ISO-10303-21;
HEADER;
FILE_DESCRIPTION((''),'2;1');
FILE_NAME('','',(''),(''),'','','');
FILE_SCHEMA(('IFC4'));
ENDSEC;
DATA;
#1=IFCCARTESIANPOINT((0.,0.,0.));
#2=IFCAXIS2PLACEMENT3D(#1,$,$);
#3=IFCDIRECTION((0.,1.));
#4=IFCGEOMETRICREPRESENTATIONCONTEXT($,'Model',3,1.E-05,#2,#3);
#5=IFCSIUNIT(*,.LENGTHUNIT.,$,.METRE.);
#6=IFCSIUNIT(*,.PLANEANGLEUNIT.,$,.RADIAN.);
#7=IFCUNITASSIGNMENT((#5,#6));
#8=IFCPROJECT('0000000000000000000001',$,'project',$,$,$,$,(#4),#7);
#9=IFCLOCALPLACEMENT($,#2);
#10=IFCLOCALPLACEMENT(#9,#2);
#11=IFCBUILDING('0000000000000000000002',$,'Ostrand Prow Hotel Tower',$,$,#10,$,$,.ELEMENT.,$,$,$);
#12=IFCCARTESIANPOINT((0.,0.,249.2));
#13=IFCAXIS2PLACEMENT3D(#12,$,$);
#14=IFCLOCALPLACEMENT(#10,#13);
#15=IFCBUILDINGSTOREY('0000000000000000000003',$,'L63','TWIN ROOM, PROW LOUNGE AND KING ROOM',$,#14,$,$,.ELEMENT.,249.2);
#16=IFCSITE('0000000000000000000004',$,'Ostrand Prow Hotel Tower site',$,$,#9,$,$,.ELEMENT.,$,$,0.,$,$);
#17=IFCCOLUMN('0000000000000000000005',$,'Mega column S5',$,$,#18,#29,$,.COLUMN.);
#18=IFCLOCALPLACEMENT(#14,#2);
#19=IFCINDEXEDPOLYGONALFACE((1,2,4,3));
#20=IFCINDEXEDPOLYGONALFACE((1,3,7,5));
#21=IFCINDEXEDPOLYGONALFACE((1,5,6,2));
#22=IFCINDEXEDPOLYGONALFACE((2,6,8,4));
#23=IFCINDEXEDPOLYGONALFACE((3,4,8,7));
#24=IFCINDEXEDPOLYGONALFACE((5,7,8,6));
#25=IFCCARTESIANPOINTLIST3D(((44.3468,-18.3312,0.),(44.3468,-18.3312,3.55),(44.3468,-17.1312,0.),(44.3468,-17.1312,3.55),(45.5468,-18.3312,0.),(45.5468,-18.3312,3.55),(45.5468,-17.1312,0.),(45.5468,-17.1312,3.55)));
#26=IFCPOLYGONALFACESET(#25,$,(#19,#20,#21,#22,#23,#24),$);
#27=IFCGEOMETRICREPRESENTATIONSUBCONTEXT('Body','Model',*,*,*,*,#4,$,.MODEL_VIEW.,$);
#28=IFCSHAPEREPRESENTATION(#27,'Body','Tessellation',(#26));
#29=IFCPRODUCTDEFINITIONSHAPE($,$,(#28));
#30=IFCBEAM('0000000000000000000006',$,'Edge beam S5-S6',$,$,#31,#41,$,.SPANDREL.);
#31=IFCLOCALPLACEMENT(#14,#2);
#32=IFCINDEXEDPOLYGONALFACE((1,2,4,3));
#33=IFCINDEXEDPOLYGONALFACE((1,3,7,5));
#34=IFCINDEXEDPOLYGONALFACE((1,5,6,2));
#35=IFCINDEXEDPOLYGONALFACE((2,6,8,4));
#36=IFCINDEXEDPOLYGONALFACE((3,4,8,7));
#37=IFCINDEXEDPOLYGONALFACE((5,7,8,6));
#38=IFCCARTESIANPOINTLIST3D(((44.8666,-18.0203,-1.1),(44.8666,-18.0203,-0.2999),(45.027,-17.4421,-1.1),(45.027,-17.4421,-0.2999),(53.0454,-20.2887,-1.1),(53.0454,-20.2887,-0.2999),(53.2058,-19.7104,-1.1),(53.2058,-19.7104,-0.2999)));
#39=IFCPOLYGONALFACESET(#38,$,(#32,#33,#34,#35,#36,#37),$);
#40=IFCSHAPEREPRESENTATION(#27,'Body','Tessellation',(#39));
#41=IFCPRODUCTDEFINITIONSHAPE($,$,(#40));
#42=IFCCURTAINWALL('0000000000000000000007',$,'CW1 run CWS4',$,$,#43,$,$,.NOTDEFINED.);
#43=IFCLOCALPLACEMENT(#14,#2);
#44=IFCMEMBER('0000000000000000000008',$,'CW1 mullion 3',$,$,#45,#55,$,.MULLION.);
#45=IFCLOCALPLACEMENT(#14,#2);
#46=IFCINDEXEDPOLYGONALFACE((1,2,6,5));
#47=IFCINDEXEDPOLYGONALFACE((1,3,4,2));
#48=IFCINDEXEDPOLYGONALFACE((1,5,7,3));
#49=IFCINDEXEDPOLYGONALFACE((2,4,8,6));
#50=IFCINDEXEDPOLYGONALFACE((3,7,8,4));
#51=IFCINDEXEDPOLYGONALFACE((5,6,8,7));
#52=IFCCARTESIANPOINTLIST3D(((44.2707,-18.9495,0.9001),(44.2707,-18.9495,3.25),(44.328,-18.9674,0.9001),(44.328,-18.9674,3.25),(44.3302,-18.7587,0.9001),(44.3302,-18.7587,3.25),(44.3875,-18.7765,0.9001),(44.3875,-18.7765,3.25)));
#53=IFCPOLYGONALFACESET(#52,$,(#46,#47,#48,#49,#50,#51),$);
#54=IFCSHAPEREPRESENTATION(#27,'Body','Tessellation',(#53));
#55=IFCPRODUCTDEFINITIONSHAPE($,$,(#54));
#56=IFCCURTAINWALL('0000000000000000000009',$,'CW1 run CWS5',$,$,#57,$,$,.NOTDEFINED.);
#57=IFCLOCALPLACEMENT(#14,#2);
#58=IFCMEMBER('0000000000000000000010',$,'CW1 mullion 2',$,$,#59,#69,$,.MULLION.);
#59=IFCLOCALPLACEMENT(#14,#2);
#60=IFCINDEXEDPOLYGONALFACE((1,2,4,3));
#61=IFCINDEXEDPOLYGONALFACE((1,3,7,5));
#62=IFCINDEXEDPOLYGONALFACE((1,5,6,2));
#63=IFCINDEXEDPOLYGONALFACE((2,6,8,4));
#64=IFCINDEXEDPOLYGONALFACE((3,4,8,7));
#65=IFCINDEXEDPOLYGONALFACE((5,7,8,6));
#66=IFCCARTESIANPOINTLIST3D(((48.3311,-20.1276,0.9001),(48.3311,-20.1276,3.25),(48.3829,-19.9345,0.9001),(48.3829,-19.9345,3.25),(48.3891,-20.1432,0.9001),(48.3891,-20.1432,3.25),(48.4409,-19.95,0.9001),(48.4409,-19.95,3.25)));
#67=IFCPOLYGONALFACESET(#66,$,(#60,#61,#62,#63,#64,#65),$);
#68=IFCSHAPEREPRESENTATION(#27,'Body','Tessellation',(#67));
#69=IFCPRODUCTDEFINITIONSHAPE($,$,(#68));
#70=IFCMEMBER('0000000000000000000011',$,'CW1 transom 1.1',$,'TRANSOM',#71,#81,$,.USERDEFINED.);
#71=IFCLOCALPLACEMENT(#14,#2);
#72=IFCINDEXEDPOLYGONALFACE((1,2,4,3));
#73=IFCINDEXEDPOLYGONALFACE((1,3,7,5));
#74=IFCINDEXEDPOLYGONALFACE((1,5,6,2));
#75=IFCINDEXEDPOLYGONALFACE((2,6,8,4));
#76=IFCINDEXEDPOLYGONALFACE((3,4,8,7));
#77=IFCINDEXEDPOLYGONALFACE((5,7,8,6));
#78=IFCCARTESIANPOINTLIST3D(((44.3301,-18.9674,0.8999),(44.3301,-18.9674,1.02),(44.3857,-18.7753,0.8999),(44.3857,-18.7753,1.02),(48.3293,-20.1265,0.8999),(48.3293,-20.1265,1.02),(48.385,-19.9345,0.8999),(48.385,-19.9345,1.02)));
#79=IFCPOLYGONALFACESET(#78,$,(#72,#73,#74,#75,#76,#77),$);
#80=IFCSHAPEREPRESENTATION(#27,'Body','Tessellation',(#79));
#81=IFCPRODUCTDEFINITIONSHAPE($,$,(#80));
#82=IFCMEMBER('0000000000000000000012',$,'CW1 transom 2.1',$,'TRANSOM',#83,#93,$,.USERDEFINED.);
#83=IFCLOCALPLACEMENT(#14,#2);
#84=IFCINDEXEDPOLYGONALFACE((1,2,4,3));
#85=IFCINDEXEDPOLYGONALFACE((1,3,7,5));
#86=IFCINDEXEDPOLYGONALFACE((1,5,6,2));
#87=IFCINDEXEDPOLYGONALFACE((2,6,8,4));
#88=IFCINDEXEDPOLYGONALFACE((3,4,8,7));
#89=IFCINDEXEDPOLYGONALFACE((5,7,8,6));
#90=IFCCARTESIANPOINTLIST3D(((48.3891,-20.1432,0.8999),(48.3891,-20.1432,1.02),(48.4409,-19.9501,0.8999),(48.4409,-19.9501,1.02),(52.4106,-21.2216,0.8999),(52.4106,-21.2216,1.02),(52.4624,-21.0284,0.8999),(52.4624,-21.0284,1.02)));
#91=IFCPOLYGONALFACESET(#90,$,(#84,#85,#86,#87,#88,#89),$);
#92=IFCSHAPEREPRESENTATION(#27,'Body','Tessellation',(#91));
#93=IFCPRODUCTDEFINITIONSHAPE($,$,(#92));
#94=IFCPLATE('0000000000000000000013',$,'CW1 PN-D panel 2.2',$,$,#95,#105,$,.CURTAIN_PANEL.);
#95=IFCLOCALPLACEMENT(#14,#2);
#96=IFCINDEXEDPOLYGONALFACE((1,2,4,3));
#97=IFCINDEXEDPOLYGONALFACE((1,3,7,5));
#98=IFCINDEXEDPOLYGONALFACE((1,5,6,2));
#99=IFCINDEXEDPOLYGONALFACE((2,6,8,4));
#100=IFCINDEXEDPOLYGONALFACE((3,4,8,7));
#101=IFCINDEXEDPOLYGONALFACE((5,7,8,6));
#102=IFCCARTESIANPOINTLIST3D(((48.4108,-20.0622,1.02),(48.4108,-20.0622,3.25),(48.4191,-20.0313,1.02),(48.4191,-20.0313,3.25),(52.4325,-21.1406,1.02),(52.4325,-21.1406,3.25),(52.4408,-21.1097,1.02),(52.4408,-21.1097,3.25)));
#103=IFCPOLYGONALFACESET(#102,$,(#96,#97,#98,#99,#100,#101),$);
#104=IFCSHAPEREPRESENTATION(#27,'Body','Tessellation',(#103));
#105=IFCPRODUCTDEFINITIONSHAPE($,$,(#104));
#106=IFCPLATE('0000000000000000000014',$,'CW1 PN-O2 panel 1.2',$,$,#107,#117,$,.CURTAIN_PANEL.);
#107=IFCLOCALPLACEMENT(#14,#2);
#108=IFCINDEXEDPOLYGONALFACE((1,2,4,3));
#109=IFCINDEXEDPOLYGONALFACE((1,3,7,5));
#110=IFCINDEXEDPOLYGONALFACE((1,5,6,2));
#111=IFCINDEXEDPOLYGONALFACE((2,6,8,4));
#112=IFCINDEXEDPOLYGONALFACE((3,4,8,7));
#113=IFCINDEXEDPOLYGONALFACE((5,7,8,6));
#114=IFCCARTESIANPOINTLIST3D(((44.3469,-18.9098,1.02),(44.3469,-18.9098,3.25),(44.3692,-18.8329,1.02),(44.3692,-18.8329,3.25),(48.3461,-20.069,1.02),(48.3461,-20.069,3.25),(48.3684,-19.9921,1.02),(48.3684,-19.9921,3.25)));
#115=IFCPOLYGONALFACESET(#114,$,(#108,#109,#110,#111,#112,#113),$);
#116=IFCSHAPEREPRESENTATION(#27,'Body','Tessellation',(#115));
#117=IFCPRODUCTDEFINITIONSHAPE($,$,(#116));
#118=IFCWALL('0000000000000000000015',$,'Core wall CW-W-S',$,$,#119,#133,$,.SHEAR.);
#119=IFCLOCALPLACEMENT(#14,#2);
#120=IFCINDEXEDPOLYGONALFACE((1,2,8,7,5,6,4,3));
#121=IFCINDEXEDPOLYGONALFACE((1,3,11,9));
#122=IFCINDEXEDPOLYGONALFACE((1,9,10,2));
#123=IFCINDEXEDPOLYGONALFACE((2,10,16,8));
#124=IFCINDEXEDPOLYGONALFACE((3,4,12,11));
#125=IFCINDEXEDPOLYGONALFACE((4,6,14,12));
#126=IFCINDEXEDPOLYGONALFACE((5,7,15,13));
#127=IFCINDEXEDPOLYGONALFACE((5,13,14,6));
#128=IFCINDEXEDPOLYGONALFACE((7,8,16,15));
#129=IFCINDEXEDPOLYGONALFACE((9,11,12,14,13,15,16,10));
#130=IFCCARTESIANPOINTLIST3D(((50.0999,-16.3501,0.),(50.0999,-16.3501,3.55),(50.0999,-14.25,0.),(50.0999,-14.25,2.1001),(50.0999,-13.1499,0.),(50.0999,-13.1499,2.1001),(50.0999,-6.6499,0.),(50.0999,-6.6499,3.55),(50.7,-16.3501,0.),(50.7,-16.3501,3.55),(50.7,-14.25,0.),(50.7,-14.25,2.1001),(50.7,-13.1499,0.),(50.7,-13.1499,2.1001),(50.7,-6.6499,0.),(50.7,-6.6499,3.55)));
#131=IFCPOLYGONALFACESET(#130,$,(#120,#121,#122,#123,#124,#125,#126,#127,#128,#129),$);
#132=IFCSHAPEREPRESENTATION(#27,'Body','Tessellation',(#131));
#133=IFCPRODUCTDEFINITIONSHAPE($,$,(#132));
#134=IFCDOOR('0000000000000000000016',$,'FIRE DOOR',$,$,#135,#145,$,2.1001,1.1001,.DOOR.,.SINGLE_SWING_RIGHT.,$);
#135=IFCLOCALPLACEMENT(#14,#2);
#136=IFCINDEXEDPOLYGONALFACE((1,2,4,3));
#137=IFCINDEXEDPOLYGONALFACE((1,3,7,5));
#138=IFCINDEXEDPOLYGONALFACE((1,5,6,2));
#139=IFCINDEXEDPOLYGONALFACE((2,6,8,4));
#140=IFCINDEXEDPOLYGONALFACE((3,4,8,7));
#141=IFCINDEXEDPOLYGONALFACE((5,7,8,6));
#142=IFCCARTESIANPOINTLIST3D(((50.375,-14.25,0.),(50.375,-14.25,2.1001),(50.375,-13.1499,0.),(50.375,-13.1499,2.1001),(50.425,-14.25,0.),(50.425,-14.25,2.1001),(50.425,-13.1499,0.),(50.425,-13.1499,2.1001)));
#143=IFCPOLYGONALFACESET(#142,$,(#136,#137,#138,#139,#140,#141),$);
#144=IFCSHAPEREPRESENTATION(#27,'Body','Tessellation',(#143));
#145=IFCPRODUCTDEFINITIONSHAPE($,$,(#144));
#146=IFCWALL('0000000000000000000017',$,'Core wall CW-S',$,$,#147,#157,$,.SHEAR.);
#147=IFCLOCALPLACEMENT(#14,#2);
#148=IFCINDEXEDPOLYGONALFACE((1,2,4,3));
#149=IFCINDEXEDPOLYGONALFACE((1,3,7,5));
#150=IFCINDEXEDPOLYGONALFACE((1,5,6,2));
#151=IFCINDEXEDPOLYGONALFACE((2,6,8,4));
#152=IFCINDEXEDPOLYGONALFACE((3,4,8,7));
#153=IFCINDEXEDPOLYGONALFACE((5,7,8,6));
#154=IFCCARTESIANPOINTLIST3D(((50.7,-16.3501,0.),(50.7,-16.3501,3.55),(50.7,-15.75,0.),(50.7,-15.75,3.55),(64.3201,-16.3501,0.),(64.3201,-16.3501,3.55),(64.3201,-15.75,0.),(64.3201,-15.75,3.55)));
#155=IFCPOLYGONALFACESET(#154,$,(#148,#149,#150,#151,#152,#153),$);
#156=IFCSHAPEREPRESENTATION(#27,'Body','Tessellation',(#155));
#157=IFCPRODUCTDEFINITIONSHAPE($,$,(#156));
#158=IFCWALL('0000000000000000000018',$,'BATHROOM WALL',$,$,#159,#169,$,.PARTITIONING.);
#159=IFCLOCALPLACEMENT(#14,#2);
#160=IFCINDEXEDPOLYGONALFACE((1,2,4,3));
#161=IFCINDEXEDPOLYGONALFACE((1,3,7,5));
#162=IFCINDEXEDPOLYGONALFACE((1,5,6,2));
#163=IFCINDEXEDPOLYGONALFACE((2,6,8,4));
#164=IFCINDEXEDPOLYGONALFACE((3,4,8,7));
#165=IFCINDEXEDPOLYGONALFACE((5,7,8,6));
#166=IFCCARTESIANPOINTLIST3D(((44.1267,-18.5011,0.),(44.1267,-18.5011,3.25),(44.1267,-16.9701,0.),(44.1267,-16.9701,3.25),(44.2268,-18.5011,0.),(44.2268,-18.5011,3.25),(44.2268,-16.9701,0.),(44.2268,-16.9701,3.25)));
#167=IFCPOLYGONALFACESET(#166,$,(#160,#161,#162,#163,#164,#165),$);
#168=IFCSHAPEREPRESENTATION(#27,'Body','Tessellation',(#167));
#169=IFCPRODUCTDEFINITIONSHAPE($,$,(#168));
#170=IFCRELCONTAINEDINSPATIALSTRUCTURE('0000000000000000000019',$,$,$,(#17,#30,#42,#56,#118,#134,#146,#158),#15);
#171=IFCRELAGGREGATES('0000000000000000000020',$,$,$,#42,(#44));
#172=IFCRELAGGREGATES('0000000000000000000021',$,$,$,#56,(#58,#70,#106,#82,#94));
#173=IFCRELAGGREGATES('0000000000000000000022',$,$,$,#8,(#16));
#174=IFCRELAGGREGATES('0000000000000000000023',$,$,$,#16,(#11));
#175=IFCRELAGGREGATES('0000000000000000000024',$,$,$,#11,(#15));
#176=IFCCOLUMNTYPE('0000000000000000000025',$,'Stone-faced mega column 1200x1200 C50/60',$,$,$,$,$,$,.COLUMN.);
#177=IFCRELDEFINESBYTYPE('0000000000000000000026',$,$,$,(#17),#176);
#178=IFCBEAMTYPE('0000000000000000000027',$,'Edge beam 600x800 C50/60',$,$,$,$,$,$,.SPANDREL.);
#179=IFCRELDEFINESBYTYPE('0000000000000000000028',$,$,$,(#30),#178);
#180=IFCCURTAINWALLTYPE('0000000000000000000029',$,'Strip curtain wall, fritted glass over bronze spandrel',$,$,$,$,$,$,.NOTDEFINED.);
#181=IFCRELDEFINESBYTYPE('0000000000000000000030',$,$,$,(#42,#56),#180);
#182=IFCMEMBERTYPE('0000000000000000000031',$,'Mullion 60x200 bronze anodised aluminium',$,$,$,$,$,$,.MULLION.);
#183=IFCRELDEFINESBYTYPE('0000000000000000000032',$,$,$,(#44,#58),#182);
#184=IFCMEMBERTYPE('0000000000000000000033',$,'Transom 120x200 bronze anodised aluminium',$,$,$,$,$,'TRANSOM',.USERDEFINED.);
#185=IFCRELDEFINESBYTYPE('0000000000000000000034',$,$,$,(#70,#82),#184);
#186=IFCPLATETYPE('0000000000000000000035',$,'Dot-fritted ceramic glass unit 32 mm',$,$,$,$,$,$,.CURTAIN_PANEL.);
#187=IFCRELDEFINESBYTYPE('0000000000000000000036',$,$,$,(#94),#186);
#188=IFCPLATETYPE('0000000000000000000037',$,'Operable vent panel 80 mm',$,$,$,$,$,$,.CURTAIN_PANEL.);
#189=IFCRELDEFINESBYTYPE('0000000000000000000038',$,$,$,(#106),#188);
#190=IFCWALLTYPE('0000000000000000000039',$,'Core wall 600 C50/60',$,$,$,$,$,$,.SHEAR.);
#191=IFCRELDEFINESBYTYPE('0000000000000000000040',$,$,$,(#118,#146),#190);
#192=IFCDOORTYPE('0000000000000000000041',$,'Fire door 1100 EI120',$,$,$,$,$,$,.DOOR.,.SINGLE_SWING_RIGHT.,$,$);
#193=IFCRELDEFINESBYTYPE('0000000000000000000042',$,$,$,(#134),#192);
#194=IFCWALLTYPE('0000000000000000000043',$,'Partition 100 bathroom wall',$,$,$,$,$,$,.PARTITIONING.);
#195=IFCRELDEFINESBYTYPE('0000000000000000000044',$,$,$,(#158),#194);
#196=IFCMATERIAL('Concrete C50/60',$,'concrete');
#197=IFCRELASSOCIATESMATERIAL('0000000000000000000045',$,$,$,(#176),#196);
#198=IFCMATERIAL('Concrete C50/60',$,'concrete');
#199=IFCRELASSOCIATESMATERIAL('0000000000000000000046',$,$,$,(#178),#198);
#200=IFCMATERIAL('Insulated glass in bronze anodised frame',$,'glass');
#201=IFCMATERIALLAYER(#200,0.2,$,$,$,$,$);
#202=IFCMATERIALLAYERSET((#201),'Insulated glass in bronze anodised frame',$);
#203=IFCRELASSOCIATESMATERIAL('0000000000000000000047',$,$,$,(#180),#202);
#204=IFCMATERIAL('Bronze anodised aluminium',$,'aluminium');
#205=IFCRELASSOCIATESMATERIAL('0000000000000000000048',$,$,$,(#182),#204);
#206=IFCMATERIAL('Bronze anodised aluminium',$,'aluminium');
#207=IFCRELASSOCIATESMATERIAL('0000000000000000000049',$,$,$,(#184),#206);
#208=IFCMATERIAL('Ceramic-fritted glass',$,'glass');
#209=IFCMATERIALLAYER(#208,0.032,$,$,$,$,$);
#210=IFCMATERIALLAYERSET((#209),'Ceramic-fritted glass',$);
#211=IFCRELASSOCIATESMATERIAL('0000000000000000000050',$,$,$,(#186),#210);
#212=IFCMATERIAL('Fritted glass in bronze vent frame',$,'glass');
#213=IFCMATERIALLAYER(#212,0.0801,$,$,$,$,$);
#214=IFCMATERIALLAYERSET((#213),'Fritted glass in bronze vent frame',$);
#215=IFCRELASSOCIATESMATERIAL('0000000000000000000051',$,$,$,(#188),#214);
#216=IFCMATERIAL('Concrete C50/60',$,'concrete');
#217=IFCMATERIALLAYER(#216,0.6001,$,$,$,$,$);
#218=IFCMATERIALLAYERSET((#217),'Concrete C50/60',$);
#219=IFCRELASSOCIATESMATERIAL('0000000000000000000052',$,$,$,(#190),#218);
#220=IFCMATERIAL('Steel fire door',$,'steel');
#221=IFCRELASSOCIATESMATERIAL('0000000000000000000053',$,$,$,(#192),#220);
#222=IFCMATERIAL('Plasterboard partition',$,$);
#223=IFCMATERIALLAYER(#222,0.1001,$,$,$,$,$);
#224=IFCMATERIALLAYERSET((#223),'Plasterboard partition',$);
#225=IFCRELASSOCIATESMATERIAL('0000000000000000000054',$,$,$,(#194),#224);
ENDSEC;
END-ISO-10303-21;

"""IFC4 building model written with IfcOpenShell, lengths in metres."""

from ifc_helpers import new_model, si_unit, direction, frame, frame_2d, origin, origin_2d, place, context, subcontext, project, spatial, rectangle, extrude, material, layer, layer_set, material_profile, profile_set, type_object, element, fill, aggregate, save


model = new_model("IFC4")

# Units and contexts
model_context = context("Model", 3, precision=1e-05, world=origin(), true_north=direction((0.0, 1.0)))
body_context = subcontext(model_context, "Body", "Model", "MODEL_VIEW")
ifc_project = project(units=[si_unit("LENGTHUNIT", "METRE"), si_unit("PLANEANGLEUNIT", "RADIAN")], contexts=[model_context])

# Site, building, storey
site_placement = place(None, origin())
site = spatial("IfcSite", under=ifc_project, at=site_placement, Name="Ostrand Prow Hotel Tower site", CompositionType="ELEMENT", RefElevation=0.0)
building_placement = place(site_placement, origin())
building = spatial("IfcBuilding", under=site, at=building_placement, Name="Ostrand Prow Hotel Tower", CompositionType="ELEMENT")
storey_placement = place(building_placement, frame((0.0, 0.0, 249.2)))
storey = spatial("IfcBuildingStorey", under=building, at=storey_placement, Name="L63", Description="TWIN ROOM, PROW LOUNGE AND KING ROOM", CompositionType="ELEMENT", Elevation=249.2)

# Column
ifc_material_1 = material(Name="Concrete C50/60", Category="concrete")
ifc_material_profile_1 = material_profile(ifc_material_1, rectangle(XDim=1.2, YDim=1.2, at=origin_2d()), Name="RC 1200x1200")
ifc_profile_set_1 = profile_set([ifc_material_profile_1], Name="Concrete C50/60")
column_type = type_object("IfcColumnType", Name="Stone-faced mega column 1200x1200 C50/60", PredefinedType="COLUMN", material=ifc_profile_set_1)
column_placement = place(storey_placement, frame((44.9468, -17.7312, 0.0), z_axis=(0.0, 0.0, 1.0), x_axis=(1.0, 0.0, 0.0)))
element("IfcColumn", 1, at=column_placement, inside=storey, type_object=column_type, Name="Mega column S5", PredefinedType="COLUMN", context=body_context, shape_type="SweptSolid", body=[
    extrude(rectangle(XDim=1.2, YDim=1.2, at=origin_2d()), origin(), (0.0, 0.0, 1.0), 3.55),
])

# Beam
ifc_material_2 = material(Name="Concrete C50/60", Category="concrete")
ifc_material_profile_2 = material_profile(ifc_material_2, rectangle(XDim=0.6001, YDim=0.8, at=origin_2d()), Name="RC 600x800")
ifc_profile_set_2 = profile_set([ifc_material_profile_2], Name="Concrete C50/60")
beam_type = type_object("IfcBeamType", Name="Edge beam 600x800 C50/60", PredefinedType="SPANDREL", material=ifc_profile_set_2)
beam_placement = place(storey_placement, frame((44.9468, -17.7312, -0.7), z_axis=(0.963626, -0.267255, 0.0), x_axis=(0.267255, 0.963626, 0.0)))
element("IfcBeam", 2, at=beam_placement, inside=storey, type_object=beam_type, Name="Edge beam S5-S6", PredefinedType="SPANDREL", context=body_context, shape_type="SweptSolid", body=[
    extrude(rectangle(XDim=0.6001, YDim=0.8, at=origin_2d()), origin(), (0.0, 0.0, 1.0), 8.4875),
])

# Curtain wall, member
ifc_material_3 = material(Name="Insulated glass in bronze anodised frame", Category="glass")
ifc_layer_1 = layer(ifc_material_3, 0.2)
ifc_layer_set_1 = layer_set([ifc_layer_1], Name="Insulated glass in bronze anodised frame")
curtain_wall_type = type_object("IfcCurtainWallType", Name="Strip curtain wall, fritted glass over bronze spandrel", PredefinedType="NOTDEFINED", material=ifc_layer_set_1)
curtain_wall_1_placement = place(storey_placement, origin())
curtain_wall_1 = element("IfcCurtainWall", 3, at=curtain_wall_1_placement, inside=storey, type_object=curtain_wall_type, Name="CW1 run CWS4", PredefinedType="NOTDEFINED")
ifc_material_4 = material(Name="Bronze anodised aluminium", Category="aluminium")
ifc_material_profile_3 = material_profile(ifc_material_4, rectangle(XDim=0.2, YDim=0.0601, at=origin_2d()), Name="Mullion 60x200 bronze anodised aluminium")
ifc_profile_set_3 = profile_set([ifc_material_profile_3], Name="Bronze anodised aluminium")
member_type_1 = type_object("IfcMemberType", Name="Mullion 60x200 bronze anodised aluminium", PredefinedType="MULLION", material=ifc_profile_set_3)
member_1_placement = place(storey_placement, frame((44.3291, -18.863, 0.9001), z_axis=(0.0, 0.0, 1.0), x_axis=(0.297678, 0.954666, 0.0)))
member_1 = element("IfcMember", 4, at=member_1_placement, type_object=member_type_1, Name="CW1 mullion 3", PredefinedType="MULLION", context=body_context, shape_type="SweptSolid", body=[
    extrude(rectangle(XDim=0.2, YDim=0.0601, at=origin_2d()), origin(), (0.0, 0.0, 1.0), 2.3499),
])
aggregate(curtain_wall_1, [member_1])

# Curtain wall, members, plates
curtain_wall_2_placement = place(storey_placement, origin())
curtain_wall_2 = element("IfcCurtainWall", 5, at=curtain_wall_2_placement, inside=storey, type_object=curtain_wall_type, Name="CW1 run CWS5", PredefinedType="NOTDEFINED")
member_2_placement = place(storey_placement, frame((48.386, -20.0388, 0.9001), z_axis=(0.0, 0.0, 1.0), x_axis=(0.258994, 0.965879, 0.0)))
member_2 = element("IfcMember", 6, at=member_2_placement, type_object=member_type_1, Name="CW1 mullion 2", PredefinedType="MULLION", context=body_context, shape_type="SweptSolid", body=[
    extrude(rectangle(XDim=0.2, YDim=0.0601, at=origin_2d()), origin(), (0.0, 0.0, 1.0), 2.3499),
])
ifc_material_5 = material(Name="Bronze anodised aluminium", Category="aluminium")
ifc_material_profile_4 = material_profile(ifc_material_5, rectangle(XDim=0.2, YDim=0.1201, at=origin_2d()), Name="Transom 120x200 bronze anodised aluminium")
ifc_profile_set_4 = profile_set([ifc_material_profile_4], Name="Bronze anodised aluminium")
member_type_2 = type_object("IfcMemberType", Name="Transom 120x200 bronze anodised aluminium", ElementType="TRANSOM", PredefinedType="USERDEFINED", material=ifc_profile_set_4)
member_3_placement = place(storey_placement, frame((44.3579, -18.8713, 0.96), z_axis=(0.960468, -0.27839, 0.0), x_axis=(0.27839, 0.960468, 0.0)))
member_3 = element("IfcMember", 7, at=member_3_placement, type_object=member_type_2, Name="CW1 transom 1.1", ObjectType="TRANSOM", PredefinedType="USERDEFINED", context=body_context, shape_type="SweptSolid", body=[
    extrude(rectangle(XDim=0.2, YDim=0.1201, at=origin_2d()), origin(), (0.0, 0.0, 1.0), 4.1638),
])
member_4_placement = place(storey_placement, frame((48.415, -20.0466, 0.96), z_axis=(0.965877, -0.259002, 0.0), x_axis=(0.259002, 0.965877, 0.0)))
member_4 = element("IfcMember", 8, at=member_4_placement, type_object=member_type_2, Name="CW1 transom 2.1", ObjectType="TRANSOM", PredefinedType="USERDEFINED", context=body_context, shape_type="SweptSolid", body=[
    extrude(rectangle(XDim=0.2, YDim=0.1201, at=origin_2d()), origin(), (0.0, 0.0, 1.0), 4.1636),
])
ifc_material_6 = material(Name="Ceramic-fritted glass", Category="glass")
ifc_layer_2 = layer(ifc_material_6, 0.032)
ifc_layer_set_2 = layer_set([ifc_layer_2], Name="Ceramic-fritted glass")
plate_type_1 = type_object("IfcPlateType", Name="Dot-fritted ceramic glass unit 32 mm", PredefinedType="CURTAIN_PANEL", material=ifc_layer_set_2)
plate_1_placement = place(storey_placement, frame((50.4258, -20.5859, 1.02), z_axis=(0.0, 0.0, 1.0), x_axis=(0.965879, -0.258994, 0.0)))
plate_1 = element("IfcPlate", 9, at=plate_1_placement, type_object=plate_type_1, Name="CW1 PN-D panel 2.2", PredefinedType="CURTAIN_PANEL", context=body_context, shape_type="SweptSolid", body=[
    extrude(rectangle(XDim=4.1638, YDim=0.032, at=origin_2d()), origin(), (0.0, 0.0, 1.0), 2.23),
])
ifc_material_7 = material(Name="Fritted glass in bronze vent frame", Category="glass")
ifc_layer_3 = layer(ifc_material_7, 0.0801)
ifc_layer_set_3 = layer_set([ifc_layer_3], Name="Fritted glass in bronze vent frame")
plate_type_2 = type_object("IfcPlateType", Name="Operable vent panel 80 mm", PredefinedType="CURTAIN_PANEL", material=ifc_layer_set_3)
plate_2_placement = place(storey_placement, frame((46.3577, -19.4509, 1.02), z_axis=(0.0, 0.0, 1.0), x_axis=(0.960467, -0.278393, 0.0)))
plate_2 = element("IfcPlate", 10, at=plate_2_placement, type_object=plate_type_2, Name="CW1 PN-O2 panel 1.2", PredefinedType="CURTAIN_PANEL", context=body_context, shape_type="SweptSolid", body=[
    extrude(rectangle(XDim=4.1638, YDim=0.0801, at=origin_2d()), origin(), (0.0, 0.0, 1.0), 2.23),
])
aggregate(curtain_wall_2, [member_2, member_3, plate_2, member_4, plate_1])

# Wall, opening, door
ifc_material_8 = material(Name="Concrete C50/60", Category="concrete")
ifc_layer_4 = layer(ifc_material_8, 0.6001)
ifc_layer_set_4 = layer_set([ifc_layer_4], Name="Concrete C50/60")
wall_type_1 = type_object("IfcWallType", Name="Core wall 600 C50/60", PredefinedType="SHEAR", material=ifc_layer_set_4)
wall_1_placement = place(storey_placement, frame((50.3999, -16.3501, 0.0), z_axis=(0.0, 0.0, 1.0), x_axis=(0.0, 1.0, 0.0)))
wall_1 = element("IfcWall", 11, at=wall_1_placement, inside=storey, type_object=wall_type_1, Name="Core wall CW-W-S", PredefinedType="SHEAR", context=body_context, shape_type="SweptSolid", body=[
    extrude(rectangle(XDim=9.7002, YDim=0.6001, at=frame_2d((4.8501, 0.0))), origin(), (0.0, 0.0, 1.0), 3.55),
])
opening_1_placement = place(wall_1_placement, frame((2.1001, 0.0, 0.0)))
opening_1 = element("IfcOpeningElement", 12, at=opening_1_placement, cuts=wall_1, PredefinedType="OPENING", context=body_context, shape_type="SweptSolid", body=[
    extrude(rectangle(XDim=1.1001, YDim=2.1001, at=frame_2d((0.55, 1.05))), frame((0.0, 0.3101, 0.0), z_axis=(0.0, -1.0, 0.0), x_axis=(1.0, 0.0, 0.0)), (0.0, 0.0, 1.0), 0.6201),
])
ifc_material_9 = material(Name="Steel fire door", Category="steel")
door_type_1 = type_object("IfcDoorType", Name="Fire door 1100 EI120", OperationType="SINGLE_SWING_RIGHT", PredefinedType="DOOR", material=ifc_material_9)
door_1_placement = place(opening_1_placement, origin())
door_1 = element("IfcDoor", 13, at=door_1_placement, inside=storey, type_object=door_type_1, Name="FIRE DOOR", OperationType="SINGLE_SWING_RIGHT", OverallHeight=2.1001, OverallWidth=1.1001, PredefinedType="DOOR", context=body_context, shape_type="SweptSolid", body=[
    extrude(rectangle(XDim=1.1001, YDim=2.1001, at=frame_2d((0.55, 1.05))), frame((0.0, 0.0249, 0.0), z_axis=(0.0, -1.0, 0.0), x_axis=(1.0, 0.0, 0.0)), (0.0, 0.0, 1.0), 0.05),
])
fill(opening_1, door_1)

# Walls
wall_2_placement = place(storey_placement, frame((50.7, -16.05, 0.0), z_axis=(0.0, 0.0, 1.0), x_axis=(1.0, 0.0, 0.0)))
element("IfcWall", 14, at=wall_2_placement, inside=storey, type_object=wall_type_1, Name="Core wall CW-S", PredefinedType="SHEAR", context=body_context, shape_type="SweptSolid", body=[
    extrude(rectangle(XDim=13.6201, YDim=0.6001, at=frame_2d((6.8101, 0.0))), origin(), (0.0, 0.0, 1.0), 3.55),
])
ifc_material_10 = material(Name="Plasterboard partition")
ifc_layer_5 = layer(ifc_material_10, 0.1001)
ifc_layer_set_5 = layer_set([ifc_layer_5], Name="Plasterboard partition")
wall_type_2 = type_object("IfcWallType", Name="Partition 100 bathroom wall", PredefinedType="PARTITIONING", material=ifc_layer_set_5)
wall_3_placement = place(storey_placement, frame((44.1768, -18.5012, 0.0), z_axis=(0.0, 0.0, 1.0), x_axis=(0.0, 1.0, 0.0)))
element("IfcWall", 15, at=wall_3_placement, inside=storey, type_object=wall_type_2, Name="BATHROOM WALL", PredefinedType="PARTITIONING", context=body_context, shape_type="SweptSolid", body=[
    extrude(rectangle(XDim=1.531, YDim=0.1001, at=frame_2d((0.7656, 0.0))), origin(), (0.0, 0.0, 1.0), 3.25),
])

save(model, "model.ifc")
